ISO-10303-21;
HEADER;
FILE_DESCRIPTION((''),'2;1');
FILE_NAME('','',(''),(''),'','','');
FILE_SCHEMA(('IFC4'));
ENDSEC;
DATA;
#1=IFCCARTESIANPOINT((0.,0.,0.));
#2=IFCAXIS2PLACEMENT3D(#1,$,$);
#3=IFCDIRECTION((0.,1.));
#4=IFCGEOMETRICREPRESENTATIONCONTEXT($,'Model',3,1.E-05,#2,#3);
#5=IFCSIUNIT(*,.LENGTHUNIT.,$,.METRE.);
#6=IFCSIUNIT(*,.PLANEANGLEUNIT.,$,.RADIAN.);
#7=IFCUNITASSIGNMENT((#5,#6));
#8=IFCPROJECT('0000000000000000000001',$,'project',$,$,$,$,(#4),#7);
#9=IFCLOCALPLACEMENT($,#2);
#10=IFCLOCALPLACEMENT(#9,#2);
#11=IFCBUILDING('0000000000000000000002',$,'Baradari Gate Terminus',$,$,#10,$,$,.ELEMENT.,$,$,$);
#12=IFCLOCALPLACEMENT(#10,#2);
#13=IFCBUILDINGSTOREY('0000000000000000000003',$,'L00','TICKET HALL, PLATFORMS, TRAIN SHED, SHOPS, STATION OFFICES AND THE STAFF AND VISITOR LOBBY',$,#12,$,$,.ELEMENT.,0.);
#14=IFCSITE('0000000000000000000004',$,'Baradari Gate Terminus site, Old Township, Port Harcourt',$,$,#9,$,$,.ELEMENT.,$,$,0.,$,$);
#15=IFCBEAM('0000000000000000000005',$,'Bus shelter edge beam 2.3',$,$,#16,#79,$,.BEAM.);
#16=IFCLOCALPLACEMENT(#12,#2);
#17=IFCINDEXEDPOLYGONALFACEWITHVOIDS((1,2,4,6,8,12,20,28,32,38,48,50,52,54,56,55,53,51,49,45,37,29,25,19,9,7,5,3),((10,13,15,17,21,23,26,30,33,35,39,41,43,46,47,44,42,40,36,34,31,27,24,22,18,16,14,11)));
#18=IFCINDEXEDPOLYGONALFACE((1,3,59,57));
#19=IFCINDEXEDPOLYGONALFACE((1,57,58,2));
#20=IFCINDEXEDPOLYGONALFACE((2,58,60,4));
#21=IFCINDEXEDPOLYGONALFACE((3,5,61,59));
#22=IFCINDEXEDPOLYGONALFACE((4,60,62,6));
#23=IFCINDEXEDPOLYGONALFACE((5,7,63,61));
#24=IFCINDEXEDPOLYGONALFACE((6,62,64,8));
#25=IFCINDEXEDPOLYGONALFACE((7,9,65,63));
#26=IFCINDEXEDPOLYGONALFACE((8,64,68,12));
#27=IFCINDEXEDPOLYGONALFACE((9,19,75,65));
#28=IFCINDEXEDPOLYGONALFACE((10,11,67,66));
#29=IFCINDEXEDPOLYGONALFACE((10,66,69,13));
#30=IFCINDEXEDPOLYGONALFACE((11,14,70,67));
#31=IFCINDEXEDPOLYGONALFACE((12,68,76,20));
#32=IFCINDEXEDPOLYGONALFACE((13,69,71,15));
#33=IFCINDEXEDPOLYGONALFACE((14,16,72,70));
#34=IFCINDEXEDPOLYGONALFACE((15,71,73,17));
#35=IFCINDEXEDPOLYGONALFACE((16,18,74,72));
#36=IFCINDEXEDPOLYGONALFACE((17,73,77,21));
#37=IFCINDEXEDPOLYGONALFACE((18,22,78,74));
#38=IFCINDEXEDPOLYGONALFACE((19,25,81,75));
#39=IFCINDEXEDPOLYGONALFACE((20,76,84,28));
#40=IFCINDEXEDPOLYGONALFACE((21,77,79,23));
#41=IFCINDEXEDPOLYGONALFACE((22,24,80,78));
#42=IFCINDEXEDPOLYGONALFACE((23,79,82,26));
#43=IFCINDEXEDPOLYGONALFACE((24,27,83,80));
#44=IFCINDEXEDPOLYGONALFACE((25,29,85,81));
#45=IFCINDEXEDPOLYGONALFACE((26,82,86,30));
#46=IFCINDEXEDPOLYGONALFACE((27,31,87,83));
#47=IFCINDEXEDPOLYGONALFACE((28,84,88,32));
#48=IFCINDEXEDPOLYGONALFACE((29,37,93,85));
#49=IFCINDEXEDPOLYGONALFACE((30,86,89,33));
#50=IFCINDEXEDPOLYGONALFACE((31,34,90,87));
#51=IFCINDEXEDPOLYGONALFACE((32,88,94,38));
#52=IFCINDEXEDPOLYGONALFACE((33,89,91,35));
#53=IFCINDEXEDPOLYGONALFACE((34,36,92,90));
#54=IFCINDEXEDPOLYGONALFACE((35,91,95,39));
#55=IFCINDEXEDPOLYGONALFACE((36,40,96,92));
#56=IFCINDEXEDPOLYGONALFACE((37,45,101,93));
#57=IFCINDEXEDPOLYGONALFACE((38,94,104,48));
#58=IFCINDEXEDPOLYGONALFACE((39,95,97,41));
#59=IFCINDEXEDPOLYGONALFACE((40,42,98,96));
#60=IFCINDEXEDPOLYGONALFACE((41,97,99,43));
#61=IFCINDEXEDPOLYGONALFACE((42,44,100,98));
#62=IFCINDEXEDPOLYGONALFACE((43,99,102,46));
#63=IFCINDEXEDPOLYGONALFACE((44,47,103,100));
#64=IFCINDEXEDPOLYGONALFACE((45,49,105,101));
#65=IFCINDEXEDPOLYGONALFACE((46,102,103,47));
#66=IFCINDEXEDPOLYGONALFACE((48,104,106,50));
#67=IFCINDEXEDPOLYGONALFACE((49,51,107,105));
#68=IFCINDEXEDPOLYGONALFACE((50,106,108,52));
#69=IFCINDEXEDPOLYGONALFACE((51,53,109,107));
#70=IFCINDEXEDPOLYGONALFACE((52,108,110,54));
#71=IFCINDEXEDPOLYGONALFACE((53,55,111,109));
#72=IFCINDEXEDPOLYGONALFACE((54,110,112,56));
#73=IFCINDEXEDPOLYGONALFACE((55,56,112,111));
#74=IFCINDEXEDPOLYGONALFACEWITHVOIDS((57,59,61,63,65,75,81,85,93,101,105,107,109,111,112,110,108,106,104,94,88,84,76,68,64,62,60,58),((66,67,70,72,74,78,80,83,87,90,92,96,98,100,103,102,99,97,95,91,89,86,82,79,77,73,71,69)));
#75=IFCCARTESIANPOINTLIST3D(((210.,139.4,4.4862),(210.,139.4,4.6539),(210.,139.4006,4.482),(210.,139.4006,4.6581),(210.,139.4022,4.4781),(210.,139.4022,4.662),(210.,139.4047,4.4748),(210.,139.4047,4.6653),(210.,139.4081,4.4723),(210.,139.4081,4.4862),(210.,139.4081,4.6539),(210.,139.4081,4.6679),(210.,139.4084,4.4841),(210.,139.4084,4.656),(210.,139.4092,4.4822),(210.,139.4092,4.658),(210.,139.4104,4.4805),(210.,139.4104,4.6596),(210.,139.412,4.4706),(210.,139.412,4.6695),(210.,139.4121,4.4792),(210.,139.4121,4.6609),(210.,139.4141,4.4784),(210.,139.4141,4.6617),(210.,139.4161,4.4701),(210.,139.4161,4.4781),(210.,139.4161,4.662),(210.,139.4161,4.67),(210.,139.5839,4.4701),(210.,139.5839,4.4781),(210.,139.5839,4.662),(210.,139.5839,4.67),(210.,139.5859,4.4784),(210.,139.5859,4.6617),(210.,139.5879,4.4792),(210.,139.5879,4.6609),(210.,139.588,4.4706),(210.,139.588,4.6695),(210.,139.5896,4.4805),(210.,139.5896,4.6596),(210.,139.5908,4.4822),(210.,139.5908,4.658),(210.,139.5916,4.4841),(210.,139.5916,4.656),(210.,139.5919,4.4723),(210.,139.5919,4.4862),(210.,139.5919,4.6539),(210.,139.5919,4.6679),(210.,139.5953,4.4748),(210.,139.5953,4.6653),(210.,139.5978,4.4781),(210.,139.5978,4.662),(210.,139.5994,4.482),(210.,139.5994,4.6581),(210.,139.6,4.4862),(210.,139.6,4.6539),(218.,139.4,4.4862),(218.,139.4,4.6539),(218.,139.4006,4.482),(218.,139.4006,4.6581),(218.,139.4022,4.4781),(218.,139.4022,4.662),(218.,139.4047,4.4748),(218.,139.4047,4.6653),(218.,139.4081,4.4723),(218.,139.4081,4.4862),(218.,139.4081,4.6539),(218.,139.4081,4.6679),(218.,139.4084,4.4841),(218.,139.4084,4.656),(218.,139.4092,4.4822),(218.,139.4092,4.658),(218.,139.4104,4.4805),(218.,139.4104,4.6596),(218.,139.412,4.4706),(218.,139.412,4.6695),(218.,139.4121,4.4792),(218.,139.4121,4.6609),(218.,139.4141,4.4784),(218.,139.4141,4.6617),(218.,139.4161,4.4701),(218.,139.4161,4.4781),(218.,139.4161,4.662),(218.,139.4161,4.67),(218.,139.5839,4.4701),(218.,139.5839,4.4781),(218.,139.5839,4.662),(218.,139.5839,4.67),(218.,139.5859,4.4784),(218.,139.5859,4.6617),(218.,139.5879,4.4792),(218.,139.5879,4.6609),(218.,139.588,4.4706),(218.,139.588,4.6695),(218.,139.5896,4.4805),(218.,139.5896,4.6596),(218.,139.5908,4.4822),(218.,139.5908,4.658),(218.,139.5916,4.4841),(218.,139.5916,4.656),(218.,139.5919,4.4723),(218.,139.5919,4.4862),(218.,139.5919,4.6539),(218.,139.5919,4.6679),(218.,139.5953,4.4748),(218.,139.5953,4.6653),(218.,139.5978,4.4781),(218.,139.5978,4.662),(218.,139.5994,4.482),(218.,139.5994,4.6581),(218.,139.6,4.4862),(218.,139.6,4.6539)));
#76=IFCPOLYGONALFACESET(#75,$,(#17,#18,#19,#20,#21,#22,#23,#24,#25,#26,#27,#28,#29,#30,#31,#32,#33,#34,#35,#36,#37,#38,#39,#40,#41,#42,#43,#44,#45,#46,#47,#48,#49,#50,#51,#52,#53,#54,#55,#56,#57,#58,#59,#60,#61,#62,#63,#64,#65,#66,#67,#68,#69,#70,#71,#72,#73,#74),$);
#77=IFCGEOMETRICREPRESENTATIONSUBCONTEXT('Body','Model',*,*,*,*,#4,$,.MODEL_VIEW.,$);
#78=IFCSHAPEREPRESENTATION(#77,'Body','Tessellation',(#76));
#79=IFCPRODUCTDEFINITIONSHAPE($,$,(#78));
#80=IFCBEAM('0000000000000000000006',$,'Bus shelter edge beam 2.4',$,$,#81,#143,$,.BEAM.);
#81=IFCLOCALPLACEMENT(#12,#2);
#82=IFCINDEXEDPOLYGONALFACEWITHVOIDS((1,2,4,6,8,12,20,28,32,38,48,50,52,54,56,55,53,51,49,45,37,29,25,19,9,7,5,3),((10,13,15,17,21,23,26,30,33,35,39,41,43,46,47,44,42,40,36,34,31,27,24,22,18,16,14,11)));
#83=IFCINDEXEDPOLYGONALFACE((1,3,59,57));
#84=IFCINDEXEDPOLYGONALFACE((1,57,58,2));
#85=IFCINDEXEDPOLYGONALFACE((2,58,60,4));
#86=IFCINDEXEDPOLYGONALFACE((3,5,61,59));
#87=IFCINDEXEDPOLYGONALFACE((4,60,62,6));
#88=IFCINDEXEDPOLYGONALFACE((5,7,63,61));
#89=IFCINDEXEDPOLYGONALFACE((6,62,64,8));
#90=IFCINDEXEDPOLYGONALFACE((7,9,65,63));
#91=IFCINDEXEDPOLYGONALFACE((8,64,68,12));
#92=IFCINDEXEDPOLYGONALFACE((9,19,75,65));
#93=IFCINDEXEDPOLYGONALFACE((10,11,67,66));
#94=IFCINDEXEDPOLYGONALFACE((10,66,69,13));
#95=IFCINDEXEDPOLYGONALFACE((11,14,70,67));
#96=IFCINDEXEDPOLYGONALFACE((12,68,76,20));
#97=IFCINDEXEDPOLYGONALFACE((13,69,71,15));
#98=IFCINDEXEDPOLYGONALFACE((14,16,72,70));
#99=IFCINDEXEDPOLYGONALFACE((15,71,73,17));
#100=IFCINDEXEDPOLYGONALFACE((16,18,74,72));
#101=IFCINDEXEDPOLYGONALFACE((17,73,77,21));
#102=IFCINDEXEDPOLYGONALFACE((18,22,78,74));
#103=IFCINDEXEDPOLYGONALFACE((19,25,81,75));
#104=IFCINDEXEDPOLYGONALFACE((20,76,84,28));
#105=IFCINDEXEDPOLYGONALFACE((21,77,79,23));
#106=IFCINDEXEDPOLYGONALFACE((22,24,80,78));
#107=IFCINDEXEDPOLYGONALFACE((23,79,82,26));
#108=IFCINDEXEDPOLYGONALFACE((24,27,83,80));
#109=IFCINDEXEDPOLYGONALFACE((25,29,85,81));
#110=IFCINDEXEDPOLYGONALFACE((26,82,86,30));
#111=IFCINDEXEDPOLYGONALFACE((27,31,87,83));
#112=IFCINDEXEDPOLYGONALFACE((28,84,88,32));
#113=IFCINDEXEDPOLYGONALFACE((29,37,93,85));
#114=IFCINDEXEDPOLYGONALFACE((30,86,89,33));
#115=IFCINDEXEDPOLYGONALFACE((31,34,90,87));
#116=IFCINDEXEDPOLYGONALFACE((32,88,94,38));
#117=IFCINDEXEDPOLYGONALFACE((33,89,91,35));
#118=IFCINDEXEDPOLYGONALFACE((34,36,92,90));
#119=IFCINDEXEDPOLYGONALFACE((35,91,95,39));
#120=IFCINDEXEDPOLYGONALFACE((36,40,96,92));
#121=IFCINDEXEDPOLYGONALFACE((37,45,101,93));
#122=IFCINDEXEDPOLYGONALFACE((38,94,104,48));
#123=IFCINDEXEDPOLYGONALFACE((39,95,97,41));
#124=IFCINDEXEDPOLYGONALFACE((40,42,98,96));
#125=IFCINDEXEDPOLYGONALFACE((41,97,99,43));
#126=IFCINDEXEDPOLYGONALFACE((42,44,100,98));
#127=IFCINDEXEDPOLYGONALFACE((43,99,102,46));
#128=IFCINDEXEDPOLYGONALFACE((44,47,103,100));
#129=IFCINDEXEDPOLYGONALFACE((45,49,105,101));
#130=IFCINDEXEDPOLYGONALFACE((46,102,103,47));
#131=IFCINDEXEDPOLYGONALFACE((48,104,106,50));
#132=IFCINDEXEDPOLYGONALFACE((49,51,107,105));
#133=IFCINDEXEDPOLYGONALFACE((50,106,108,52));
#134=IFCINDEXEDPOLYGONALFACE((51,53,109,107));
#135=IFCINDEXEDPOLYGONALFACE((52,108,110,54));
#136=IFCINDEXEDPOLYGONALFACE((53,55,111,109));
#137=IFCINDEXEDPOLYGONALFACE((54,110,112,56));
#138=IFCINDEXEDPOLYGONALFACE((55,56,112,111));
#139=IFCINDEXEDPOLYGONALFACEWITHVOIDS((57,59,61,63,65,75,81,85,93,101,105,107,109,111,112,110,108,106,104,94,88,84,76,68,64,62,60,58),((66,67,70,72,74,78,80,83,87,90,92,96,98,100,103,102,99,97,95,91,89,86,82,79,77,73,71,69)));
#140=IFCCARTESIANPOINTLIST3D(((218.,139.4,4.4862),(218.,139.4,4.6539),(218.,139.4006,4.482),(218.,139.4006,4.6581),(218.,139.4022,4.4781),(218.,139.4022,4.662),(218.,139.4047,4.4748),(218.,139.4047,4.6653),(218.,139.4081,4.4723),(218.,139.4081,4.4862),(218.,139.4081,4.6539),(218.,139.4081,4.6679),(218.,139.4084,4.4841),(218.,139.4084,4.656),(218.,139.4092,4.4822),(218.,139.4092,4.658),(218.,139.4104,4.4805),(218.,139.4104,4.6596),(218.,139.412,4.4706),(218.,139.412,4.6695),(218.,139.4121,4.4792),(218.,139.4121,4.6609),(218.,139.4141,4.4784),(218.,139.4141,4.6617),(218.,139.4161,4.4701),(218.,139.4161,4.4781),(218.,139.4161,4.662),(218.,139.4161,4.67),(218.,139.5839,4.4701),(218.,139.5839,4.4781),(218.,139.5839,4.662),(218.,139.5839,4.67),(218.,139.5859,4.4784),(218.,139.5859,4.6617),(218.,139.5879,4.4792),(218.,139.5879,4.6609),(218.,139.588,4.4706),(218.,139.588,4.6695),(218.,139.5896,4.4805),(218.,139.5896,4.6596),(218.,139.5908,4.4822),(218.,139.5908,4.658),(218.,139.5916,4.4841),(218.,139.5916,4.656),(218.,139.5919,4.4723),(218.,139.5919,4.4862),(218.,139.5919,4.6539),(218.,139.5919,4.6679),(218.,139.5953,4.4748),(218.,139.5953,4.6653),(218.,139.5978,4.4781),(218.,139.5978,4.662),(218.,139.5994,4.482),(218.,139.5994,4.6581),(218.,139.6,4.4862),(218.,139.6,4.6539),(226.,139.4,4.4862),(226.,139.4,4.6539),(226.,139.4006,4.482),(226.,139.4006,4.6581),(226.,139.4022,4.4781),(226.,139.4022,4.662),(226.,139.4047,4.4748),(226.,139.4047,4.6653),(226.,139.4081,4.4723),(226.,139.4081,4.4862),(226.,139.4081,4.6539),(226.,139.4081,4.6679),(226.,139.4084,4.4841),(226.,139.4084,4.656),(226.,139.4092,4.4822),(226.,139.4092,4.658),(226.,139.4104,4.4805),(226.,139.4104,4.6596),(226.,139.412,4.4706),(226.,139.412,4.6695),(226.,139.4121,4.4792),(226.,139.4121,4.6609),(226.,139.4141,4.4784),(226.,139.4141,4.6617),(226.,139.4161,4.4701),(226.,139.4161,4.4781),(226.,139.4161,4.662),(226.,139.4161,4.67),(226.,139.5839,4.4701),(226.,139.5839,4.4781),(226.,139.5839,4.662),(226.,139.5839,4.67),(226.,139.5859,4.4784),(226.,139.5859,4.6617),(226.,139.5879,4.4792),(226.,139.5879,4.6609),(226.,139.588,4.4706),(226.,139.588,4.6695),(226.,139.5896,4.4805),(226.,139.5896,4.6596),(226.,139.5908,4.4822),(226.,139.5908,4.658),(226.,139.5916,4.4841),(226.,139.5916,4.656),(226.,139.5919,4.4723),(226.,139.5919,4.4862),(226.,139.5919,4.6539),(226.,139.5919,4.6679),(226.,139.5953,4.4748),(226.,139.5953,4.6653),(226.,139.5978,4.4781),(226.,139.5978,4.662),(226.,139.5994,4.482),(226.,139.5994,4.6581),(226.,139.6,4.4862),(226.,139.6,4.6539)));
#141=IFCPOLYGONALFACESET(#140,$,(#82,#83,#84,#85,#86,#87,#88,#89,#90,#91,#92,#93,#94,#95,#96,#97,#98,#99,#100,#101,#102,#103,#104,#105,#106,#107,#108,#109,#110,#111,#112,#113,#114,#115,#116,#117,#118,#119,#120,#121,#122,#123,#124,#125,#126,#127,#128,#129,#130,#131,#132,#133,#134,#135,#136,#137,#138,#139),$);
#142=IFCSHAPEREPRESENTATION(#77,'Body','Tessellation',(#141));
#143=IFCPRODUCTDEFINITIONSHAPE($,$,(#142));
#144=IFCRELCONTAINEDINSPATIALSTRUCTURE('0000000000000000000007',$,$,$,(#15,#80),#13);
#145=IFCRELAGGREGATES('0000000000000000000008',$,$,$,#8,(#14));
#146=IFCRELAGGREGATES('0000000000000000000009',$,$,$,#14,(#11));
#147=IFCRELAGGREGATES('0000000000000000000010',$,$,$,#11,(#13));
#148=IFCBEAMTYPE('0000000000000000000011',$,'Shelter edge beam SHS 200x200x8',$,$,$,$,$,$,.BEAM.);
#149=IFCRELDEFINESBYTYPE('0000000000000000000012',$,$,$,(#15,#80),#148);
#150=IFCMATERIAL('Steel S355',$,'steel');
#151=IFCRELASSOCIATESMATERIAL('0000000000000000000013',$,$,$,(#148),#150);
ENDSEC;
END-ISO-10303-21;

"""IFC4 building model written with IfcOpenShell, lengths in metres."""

from ifc_helpers import new_model, si_unit, direction, frame, origin, origin_2d, place, context, subcontext, project, spatial, hollow_rectangle, extrude, material, material_profile, profile_set, type_object, element, save


model = new_model("IFC4")

# Units and contexts
model_context = context("Model", 3, precision=1e-05, world=origin(), true_north=direction((0.0, 1.0)))
body_context = subcontext(model_context, "Body", "Model", "MODEL_VIEW")
ifc_project = project(units=[si_unit("LENGTHUNIT", "METRE"), si_unit("PLANEANGLEUNIT", "RADIAN")], contexts=[model_context])

# Site, building, storey
site_placement = place(None, origin())
site = spatial("IfcSite", under=ifc_project, at=site_placement, Name="Baradari Gate Terminus site, Old Township, Port Harcourt", CompositionType="ELEMENT", RefElevation=0.0)
building_placement = place(site_placement, origin())
building = spatial("IfcBuilding", under=site, at=building_placement, Name="Baradari Gate Terminus", CompositionType="ELEMENT")
storey_placement = place(building_placement, origin())
storey = spatial("IfcBuildingStorey", under=building, at=storey_placement, Name="L00", Description="TICKET HALL, PLATFORMS, TRAIN SHED, SHOPS, STATION OFFICES AND THE STAFF AND VISITOR LOBBY", CompositionType="ELEMENT", Elevation=0.0)

# Beams
ifc_material_1 = material(Name="Steel S355", Category="steel")
ifc_material_profile_1 = material_profile(ifc_material_1, hollow_rectangle(XDim=0.2, YDim=0.2, WallThickness=0.0081, InnerFilletRadius=0.0081, OuterFilletRadius=0.0161, at=origin_2d()), Name="SHS 200x200x8")
ifc_profile_set_1 = profile_set([ifc_material_profile_1], Name="Steel S355")
beam_type = type_object("IfcBeamType", Name="Shelter edge beam SHS 200x200x8", PredefinedType="BEAM", material=ifc_profile_set_1)
for number, where, z_axis, x_axis, name in (
    (1, (210.0, 139.5, 4.5701), (1.0, 0.0, 0.0), (0.0, 1.0, 0.0), "Bus shelter edge beam 2.3"),
    (2, (218.0, 139.5, 4.5701), (1.0, 0.0, 0.0), (0.0, 1.0, 0.0), "Bus shelter edge beam 2.4"),
):
    element("IfcBeam", number, at=place(storey_placement, frame(where, z_axis=z_axis, x_axis=x_axis)), inside=storey, type_object=beam_type, Name=name, PredefinedType="BEAM", context=body_context, shape_type="SweptSolid", body=[
        extrude(hollow_rectangle(XDim=0.2, YDim=0.2, WallThickness=0.0081, InnerFilletRadius=0.0081, OuterFilletRadius=0.0161, at=origin_2d()), origin(), (0.0, 0.0, 1.0), 8.0),
    ])

save(model, "model.ifc")
